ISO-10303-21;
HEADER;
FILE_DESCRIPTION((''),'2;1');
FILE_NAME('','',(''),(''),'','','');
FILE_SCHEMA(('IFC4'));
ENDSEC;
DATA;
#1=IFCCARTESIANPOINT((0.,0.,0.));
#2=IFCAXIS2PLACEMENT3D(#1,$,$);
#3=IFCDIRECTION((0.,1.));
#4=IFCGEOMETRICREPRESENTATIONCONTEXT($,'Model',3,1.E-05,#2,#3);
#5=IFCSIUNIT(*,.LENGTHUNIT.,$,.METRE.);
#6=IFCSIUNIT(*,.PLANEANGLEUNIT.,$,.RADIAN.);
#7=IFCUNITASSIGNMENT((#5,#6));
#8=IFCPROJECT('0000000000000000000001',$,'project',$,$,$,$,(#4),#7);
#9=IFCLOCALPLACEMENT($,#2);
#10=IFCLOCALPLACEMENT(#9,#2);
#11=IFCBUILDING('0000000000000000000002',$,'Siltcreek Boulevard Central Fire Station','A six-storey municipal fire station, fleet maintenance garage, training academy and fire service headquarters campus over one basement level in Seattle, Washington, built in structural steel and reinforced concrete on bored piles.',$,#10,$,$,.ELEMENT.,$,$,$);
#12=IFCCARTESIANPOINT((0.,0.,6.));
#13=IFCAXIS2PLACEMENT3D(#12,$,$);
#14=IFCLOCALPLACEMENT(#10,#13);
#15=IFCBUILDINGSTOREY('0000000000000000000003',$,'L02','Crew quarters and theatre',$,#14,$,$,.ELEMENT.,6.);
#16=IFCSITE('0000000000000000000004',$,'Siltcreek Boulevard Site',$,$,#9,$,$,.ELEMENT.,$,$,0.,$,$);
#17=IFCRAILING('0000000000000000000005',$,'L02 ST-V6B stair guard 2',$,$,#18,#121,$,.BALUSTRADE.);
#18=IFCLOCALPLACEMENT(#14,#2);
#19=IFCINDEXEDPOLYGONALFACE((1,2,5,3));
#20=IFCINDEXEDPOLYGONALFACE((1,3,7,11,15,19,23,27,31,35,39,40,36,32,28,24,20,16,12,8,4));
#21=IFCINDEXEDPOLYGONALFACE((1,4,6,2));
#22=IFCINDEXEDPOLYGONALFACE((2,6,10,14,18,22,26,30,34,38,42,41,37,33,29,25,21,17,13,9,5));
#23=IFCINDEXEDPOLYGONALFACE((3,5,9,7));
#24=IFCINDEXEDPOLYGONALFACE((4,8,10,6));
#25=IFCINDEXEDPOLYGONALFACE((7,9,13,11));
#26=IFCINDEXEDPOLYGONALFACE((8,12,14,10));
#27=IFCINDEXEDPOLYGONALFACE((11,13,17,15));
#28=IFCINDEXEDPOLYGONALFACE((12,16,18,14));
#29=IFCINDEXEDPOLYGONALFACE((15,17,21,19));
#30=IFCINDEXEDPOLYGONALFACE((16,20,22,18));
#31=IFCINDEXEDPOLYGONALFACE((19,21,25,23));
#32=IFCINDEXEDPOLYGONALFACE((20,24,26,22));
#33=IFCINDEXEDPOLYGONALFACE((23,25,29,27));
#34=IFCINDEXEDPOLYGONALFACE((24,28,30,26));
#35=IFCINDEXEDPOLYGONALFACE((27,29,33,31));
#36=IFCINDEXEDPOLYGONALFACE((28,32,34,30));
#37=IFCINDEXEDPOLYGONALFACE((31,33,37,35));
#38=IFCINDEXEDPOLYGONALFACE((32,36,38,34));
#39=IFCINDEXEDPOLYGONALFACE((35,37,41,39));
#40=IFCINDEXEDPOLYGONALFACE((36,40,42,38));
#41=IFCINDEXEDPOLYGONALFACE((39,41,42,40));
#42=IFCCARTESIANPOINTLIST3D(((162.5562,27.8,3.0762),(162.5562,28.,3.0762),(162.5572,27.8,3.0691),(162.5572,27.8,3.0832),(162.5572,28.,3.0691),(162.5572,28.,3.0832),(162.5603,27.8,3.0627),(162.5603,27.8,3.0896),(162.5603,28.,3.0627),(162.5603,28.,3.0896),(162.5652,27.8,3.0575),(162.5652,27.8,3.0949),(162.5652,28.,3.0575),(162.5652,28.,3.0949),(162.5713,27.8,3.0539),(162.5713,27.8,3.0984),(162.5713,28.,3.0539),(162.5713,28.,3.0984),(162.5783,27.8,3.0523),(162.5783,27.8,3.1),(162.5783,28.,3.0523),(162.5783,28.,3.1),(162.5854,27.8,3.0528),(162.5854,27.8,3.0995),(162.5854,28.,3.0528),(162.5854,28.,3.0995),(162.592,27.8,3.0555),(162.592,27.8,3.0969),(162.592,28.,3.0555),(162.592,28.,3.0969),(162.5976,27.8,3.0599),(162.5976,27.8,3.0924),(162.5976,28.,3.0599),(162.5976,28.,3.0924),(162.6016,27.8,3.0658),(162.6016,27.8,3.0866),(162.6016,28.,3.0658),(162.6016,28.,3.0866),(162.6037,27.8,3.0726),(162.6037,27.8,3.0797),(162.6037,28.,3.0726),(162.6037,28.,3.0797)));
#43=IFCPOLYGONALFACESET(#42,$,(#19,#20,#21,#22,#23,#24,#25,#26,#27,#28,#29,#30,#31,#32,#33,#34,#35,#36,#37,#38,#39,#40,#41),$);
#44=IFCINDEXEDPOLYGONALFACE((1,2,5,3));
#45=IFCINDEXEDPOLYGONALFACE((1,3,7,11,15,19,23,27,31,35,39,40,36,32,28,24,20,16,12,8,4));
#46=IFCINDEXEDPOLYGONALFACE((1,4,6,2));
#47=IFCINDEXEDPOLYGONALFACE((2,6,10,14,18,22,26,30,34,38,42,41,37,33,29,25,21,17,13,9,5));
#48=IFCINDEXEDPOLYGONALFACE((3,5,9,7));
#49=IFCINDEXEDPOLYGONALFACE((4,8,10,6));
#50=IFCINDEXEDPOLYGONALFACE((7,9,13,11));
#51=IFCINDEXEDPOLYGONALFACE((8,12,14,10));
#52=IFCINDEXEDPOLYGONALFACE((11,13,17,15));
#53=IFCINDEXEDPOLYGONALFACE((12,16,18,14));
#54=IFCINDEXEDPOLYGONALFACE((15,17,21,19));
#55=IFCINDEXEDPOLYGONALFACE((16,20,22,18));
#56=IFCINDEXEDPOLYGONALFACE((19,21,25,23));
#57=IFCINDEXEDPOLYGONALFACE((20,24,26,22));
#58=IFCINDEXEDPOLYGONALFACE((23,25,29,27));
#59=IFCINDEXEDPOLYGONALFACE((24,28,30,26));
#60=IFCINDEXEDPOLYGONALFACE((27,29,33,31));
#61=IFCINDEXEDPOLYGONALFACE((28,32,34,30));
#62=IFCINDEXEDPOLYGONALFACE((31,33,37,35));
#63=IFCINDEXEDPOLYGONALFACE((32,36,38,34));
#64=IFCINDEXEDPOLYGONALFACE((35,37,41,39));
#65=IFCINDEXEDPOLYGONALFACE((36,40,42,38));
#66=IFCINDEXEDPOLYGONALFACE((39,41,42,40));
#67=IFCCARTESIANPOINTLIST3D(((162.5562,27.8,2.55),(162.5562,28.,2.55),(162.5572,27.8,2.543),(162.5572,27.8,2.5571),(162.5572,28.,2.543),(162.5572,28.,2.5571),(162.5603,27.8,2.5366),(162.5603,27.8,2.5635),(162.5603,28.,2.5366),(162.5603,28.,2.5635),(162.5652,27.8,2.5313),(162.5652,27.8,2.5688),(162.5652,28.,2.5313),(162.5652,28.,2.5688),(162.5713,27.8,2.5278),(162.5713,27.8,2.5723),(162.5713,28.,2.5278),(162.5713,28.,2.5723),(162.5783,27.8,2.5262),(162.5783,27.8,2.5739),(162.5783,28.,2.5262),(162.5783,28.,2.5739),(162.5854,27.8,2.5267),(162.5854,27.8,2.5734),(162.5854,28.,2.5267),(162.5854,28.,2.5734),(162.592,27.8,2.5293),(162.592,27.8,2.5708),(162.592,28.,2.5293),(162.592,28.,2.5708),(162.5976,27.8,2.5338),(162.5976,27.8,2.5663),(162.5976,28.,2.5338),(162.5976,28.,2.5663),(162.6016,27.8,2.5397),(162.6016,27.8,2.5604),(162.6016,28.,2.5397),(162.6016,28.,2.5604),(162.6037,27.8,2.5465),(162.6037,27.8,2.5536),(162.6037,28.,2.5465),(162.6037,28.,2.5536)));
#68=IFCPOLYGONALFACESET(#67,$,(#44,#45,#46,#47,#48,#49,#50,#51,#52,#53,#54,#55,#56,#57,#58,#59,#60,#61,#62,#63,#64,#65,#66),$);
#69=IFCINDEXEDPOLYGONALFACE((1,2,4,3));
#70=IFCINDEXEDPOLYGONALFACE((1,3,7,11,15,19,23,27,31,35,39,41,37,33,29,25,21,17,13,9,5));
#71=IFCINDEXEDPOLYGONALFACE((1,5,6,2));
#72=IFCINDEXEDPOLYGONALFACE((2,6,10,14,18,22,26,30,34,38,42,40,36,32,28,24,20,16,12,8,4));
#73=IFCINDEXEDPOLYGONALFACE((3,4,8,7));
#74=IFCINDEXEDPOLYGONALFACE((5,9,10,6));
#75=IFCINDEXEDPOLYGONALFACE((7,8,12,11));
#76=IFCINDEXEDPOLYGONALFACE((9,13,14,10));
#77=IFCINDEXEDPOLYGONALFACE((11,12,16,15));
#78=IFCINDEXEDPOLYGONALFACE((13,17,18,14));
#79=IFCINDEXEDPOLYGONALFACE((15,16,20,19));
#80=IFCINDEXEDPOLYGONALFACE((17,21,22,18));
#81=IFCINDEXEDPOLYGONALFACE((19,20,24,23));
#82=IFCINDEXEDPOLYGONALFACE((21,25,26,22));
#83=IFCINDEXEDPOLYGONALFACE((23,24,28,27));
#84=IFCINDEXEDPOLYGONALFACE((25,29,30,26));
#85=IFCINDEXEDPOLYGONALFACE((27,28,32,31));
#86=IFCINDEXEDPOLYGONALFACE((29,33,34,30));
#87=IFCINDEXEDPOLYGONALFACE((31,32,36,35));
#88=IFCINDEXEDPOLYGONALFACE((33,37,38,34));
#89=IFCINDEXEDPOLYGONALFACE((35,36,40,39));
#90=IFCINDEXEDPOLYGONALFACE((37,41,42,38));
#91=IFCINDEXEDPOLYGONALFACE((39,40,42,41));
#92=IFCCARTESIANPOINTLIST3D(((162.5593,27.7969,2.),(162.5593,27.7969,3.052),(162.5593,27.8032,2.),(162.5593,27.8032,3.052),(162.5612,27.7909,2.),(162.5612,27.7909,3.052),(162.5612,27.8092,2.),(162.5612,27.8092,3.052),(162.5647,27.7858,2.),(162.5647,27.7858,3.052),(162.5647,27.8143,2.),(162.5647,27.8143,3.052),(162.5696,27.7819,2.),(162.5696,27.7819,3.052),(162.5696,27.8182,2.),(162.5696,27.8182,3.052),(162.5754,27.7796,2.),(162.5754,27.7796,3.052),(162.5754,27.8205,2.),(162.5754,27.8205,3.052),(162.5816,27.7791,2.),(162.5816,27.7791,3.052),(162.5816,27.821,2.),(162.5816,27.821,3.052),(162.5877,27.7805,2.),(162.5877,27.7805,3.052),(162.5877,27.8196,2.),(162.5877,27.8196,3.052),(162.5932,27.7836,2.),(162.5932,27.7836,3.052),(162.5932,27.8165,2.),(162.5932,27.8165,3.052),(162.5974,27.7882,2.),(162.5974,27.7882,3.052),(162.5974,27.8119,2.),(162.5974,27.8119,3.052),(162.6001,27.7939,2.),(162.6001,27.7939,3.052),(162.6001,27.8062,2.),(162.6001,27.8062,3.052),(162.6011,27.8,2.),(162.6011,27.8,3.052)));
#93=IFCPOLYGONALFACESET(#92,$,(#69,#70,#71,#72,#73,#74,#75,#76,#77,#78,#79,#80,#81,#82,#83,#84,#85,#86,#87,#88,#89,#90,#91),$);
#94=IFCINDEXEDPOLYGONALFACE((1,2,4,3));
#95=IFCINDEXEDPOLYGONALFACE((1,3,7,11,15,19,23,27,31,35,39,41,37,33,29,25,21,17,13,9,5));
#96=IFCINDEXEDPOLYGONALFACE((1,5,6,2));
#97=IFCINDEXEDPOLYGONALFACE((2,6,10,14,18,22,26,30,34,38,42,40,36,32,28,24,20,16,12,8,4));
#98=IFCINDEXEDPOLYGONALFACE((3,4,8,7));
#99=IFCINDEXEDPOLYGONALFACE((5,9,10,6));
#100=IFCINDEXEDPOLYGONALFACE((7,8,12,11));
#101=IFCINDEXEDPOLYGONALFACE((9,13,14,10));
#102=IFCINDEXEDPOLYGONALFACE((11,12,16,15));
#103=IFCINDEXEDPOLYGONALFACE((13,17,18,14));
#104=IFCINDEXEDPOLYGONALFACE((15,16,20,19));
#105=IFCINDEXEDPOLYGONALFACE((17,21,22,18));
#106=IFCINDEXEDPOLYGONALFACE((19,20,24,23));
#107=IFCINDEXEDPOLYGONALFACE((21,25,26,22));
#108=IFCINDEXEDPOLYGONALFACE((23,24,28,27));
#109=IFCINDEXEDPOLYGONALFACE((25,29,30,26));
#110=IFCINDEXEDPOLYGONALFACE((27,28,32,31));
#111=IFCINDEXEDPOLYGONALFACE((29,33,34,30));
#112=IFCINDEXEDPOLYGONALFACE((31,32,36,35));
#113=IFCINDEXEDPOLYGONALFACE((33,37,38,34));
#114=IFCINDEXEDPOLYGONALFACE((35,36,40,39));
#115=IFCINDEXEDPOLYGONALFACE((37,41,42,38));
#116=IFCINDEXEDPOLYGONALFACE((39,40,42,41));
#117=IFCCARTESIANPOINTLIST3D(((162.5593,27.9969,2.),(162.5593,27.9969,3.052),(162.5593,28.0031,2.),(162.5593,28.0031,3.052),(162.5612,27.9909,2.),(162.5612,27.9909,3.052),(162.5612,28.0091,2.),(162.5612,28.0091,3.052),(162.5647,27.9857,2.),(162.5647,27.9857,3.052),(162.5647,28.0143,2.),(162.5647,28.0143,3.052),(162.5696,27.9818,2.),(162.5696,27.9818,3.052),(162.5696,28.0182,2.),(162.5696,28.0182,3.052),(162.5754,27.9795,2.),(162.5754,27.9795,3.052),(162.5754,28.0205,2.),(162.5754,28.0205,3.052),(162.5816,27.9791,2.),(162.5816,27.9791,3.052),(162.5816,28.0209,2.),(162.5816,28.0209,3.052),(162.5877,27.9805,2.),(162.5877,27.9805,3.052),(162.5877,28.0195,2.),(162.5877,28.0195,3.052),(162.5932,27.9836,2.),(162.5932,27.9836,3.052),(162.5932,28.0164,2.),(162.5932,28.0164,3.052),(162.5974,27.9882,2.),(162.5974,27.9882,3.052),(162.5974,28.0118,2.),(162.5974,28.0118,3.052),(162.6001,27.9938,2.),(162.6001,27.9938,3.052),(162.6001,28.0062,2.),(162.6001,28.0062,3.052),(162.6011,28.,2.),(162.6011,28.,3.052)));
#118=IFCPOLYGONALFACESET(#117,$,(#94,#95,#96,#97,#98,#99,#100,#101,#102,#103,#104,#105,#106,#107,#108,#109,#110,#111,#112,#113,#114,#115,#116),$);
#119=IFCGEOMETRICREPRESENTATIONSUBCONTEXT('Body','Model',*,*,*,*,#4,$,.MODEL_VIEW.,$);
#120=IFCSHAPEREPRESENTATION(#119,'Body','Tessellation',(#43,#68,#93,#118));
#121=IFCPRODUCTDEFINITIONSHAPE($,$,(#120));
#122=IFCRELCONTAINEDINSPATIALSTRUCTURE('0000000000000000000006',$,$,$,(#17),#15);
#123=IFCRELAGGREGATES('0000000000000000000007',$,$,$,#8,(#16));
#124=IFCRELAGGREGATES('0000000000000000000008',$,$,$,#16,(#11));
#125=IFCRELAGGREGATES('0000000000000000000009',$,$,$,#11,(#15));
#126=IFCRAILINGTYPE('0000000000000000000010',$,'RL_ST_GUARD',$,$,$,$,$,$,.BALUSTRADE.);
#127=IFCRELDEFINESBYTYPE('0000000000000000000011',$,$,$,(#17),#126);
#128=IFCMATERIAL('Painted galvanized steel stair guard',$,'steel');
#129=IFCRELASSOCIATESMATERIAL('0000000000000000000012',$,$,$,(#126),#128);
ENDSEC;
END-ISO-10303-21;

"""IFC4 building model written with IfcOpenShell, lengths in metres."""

from ifc_helpers import new_model, si_unit, direction, frame, origin, origin_2d, place, context, subcontext, project, spatial, circle, extrude, material, type_object, element, save


model = new_model("IFC4")

# Units and contexts
model_context = context("Model", 3, precision=1e-05, world=origin(), true_north=direction((0.0, 1.0)))
body_context = subcontext(model_context, "Body", "Model", "MODEL_VIEW")
ifc_project = project(units=[si_unit("LENGTHUNIT", "METRE"), si_unit("PLANEANGLEUNIT", "RADIAN")], contexts=[model_context])

# Site, building, storey
site_placement = place(None, origin())
site = spatial("IfcSite", under=ifc_project, at=site_placement, Name="Siltcreek Boulevard Site", CompositionType="ELEMENT", RefElevation=0.0)
building_placement = place(site_placement, origin())
building = spatial("IfcBuilding", under=site, at=building_placement, Name="Siltcreek Boulevard Central Fire Station", Description="A six-storey municipal fire station, fleet maintenance garage, training academy and fire service headquarters campus over one basement level in Seattle, Washington, built in structural steel and reinforced concrete on bored piles.", CompositionType="ELEMENT")
storey_placement = place(building_placement, frame((0.0, 0.0, 6.0)))
storey = spatial("IfcBuildingStorey", under=building, at=storey_placement, Name="L02", Description="Crew quarters and theatre", CompositionType="ELEMENT", Elevation=6.0)

# Railing
ifc_material_1 = material(Name="Painted galvanized steel stair guard", Category="steel")
railing_type_1 = type_object("IfcRailingType", Name="RL_ST_GUARD", PredefinedType="BALUSTRADE", material=ifc_material_1)
railing_1_placement = place(storey_placement, frame((162.5801, 27.8, 2.0)))
element("IfcRailing", 1, at=railing_1_placement, inside=storey, type_object=railing_type_1, Name="L02 ST-V6B stair guard 2", PredefinedType="BALUSTRADE", context=body_context, shape_type="SweptSolid", body=[
    extrude(circle(Radius=0.0239, at=origin_2d()), frame((0.0, 0.0, 1.0762), z_axis=(0.0, 1.0, 0.0), x_axis=(-1.0, 0.0, 0.0)), (0.0, 0.0, 1.0), 0.2),
    extrude(circle(Radius=0.0239, at=origin_2d()), frame((0.0, 0.0, 0.55), z_axis=(0.0, 1.0, 0.0), x_axis=(-1.0, 0.0, 0.0)), (0.0, 0.0, 1.0), 0.2),
    extrude(circle(Radius=0.021, at=origin_2d()), origin(), (0.0, 0.0, 1.0), 1.052),
    extrude(circle(Radius=0.021, at=origin_2d()), frame((0.0, 0.2, 0.0)), (0.0, 0.0, 1.0), 1.052),
])

save(model, "model.ifc")
